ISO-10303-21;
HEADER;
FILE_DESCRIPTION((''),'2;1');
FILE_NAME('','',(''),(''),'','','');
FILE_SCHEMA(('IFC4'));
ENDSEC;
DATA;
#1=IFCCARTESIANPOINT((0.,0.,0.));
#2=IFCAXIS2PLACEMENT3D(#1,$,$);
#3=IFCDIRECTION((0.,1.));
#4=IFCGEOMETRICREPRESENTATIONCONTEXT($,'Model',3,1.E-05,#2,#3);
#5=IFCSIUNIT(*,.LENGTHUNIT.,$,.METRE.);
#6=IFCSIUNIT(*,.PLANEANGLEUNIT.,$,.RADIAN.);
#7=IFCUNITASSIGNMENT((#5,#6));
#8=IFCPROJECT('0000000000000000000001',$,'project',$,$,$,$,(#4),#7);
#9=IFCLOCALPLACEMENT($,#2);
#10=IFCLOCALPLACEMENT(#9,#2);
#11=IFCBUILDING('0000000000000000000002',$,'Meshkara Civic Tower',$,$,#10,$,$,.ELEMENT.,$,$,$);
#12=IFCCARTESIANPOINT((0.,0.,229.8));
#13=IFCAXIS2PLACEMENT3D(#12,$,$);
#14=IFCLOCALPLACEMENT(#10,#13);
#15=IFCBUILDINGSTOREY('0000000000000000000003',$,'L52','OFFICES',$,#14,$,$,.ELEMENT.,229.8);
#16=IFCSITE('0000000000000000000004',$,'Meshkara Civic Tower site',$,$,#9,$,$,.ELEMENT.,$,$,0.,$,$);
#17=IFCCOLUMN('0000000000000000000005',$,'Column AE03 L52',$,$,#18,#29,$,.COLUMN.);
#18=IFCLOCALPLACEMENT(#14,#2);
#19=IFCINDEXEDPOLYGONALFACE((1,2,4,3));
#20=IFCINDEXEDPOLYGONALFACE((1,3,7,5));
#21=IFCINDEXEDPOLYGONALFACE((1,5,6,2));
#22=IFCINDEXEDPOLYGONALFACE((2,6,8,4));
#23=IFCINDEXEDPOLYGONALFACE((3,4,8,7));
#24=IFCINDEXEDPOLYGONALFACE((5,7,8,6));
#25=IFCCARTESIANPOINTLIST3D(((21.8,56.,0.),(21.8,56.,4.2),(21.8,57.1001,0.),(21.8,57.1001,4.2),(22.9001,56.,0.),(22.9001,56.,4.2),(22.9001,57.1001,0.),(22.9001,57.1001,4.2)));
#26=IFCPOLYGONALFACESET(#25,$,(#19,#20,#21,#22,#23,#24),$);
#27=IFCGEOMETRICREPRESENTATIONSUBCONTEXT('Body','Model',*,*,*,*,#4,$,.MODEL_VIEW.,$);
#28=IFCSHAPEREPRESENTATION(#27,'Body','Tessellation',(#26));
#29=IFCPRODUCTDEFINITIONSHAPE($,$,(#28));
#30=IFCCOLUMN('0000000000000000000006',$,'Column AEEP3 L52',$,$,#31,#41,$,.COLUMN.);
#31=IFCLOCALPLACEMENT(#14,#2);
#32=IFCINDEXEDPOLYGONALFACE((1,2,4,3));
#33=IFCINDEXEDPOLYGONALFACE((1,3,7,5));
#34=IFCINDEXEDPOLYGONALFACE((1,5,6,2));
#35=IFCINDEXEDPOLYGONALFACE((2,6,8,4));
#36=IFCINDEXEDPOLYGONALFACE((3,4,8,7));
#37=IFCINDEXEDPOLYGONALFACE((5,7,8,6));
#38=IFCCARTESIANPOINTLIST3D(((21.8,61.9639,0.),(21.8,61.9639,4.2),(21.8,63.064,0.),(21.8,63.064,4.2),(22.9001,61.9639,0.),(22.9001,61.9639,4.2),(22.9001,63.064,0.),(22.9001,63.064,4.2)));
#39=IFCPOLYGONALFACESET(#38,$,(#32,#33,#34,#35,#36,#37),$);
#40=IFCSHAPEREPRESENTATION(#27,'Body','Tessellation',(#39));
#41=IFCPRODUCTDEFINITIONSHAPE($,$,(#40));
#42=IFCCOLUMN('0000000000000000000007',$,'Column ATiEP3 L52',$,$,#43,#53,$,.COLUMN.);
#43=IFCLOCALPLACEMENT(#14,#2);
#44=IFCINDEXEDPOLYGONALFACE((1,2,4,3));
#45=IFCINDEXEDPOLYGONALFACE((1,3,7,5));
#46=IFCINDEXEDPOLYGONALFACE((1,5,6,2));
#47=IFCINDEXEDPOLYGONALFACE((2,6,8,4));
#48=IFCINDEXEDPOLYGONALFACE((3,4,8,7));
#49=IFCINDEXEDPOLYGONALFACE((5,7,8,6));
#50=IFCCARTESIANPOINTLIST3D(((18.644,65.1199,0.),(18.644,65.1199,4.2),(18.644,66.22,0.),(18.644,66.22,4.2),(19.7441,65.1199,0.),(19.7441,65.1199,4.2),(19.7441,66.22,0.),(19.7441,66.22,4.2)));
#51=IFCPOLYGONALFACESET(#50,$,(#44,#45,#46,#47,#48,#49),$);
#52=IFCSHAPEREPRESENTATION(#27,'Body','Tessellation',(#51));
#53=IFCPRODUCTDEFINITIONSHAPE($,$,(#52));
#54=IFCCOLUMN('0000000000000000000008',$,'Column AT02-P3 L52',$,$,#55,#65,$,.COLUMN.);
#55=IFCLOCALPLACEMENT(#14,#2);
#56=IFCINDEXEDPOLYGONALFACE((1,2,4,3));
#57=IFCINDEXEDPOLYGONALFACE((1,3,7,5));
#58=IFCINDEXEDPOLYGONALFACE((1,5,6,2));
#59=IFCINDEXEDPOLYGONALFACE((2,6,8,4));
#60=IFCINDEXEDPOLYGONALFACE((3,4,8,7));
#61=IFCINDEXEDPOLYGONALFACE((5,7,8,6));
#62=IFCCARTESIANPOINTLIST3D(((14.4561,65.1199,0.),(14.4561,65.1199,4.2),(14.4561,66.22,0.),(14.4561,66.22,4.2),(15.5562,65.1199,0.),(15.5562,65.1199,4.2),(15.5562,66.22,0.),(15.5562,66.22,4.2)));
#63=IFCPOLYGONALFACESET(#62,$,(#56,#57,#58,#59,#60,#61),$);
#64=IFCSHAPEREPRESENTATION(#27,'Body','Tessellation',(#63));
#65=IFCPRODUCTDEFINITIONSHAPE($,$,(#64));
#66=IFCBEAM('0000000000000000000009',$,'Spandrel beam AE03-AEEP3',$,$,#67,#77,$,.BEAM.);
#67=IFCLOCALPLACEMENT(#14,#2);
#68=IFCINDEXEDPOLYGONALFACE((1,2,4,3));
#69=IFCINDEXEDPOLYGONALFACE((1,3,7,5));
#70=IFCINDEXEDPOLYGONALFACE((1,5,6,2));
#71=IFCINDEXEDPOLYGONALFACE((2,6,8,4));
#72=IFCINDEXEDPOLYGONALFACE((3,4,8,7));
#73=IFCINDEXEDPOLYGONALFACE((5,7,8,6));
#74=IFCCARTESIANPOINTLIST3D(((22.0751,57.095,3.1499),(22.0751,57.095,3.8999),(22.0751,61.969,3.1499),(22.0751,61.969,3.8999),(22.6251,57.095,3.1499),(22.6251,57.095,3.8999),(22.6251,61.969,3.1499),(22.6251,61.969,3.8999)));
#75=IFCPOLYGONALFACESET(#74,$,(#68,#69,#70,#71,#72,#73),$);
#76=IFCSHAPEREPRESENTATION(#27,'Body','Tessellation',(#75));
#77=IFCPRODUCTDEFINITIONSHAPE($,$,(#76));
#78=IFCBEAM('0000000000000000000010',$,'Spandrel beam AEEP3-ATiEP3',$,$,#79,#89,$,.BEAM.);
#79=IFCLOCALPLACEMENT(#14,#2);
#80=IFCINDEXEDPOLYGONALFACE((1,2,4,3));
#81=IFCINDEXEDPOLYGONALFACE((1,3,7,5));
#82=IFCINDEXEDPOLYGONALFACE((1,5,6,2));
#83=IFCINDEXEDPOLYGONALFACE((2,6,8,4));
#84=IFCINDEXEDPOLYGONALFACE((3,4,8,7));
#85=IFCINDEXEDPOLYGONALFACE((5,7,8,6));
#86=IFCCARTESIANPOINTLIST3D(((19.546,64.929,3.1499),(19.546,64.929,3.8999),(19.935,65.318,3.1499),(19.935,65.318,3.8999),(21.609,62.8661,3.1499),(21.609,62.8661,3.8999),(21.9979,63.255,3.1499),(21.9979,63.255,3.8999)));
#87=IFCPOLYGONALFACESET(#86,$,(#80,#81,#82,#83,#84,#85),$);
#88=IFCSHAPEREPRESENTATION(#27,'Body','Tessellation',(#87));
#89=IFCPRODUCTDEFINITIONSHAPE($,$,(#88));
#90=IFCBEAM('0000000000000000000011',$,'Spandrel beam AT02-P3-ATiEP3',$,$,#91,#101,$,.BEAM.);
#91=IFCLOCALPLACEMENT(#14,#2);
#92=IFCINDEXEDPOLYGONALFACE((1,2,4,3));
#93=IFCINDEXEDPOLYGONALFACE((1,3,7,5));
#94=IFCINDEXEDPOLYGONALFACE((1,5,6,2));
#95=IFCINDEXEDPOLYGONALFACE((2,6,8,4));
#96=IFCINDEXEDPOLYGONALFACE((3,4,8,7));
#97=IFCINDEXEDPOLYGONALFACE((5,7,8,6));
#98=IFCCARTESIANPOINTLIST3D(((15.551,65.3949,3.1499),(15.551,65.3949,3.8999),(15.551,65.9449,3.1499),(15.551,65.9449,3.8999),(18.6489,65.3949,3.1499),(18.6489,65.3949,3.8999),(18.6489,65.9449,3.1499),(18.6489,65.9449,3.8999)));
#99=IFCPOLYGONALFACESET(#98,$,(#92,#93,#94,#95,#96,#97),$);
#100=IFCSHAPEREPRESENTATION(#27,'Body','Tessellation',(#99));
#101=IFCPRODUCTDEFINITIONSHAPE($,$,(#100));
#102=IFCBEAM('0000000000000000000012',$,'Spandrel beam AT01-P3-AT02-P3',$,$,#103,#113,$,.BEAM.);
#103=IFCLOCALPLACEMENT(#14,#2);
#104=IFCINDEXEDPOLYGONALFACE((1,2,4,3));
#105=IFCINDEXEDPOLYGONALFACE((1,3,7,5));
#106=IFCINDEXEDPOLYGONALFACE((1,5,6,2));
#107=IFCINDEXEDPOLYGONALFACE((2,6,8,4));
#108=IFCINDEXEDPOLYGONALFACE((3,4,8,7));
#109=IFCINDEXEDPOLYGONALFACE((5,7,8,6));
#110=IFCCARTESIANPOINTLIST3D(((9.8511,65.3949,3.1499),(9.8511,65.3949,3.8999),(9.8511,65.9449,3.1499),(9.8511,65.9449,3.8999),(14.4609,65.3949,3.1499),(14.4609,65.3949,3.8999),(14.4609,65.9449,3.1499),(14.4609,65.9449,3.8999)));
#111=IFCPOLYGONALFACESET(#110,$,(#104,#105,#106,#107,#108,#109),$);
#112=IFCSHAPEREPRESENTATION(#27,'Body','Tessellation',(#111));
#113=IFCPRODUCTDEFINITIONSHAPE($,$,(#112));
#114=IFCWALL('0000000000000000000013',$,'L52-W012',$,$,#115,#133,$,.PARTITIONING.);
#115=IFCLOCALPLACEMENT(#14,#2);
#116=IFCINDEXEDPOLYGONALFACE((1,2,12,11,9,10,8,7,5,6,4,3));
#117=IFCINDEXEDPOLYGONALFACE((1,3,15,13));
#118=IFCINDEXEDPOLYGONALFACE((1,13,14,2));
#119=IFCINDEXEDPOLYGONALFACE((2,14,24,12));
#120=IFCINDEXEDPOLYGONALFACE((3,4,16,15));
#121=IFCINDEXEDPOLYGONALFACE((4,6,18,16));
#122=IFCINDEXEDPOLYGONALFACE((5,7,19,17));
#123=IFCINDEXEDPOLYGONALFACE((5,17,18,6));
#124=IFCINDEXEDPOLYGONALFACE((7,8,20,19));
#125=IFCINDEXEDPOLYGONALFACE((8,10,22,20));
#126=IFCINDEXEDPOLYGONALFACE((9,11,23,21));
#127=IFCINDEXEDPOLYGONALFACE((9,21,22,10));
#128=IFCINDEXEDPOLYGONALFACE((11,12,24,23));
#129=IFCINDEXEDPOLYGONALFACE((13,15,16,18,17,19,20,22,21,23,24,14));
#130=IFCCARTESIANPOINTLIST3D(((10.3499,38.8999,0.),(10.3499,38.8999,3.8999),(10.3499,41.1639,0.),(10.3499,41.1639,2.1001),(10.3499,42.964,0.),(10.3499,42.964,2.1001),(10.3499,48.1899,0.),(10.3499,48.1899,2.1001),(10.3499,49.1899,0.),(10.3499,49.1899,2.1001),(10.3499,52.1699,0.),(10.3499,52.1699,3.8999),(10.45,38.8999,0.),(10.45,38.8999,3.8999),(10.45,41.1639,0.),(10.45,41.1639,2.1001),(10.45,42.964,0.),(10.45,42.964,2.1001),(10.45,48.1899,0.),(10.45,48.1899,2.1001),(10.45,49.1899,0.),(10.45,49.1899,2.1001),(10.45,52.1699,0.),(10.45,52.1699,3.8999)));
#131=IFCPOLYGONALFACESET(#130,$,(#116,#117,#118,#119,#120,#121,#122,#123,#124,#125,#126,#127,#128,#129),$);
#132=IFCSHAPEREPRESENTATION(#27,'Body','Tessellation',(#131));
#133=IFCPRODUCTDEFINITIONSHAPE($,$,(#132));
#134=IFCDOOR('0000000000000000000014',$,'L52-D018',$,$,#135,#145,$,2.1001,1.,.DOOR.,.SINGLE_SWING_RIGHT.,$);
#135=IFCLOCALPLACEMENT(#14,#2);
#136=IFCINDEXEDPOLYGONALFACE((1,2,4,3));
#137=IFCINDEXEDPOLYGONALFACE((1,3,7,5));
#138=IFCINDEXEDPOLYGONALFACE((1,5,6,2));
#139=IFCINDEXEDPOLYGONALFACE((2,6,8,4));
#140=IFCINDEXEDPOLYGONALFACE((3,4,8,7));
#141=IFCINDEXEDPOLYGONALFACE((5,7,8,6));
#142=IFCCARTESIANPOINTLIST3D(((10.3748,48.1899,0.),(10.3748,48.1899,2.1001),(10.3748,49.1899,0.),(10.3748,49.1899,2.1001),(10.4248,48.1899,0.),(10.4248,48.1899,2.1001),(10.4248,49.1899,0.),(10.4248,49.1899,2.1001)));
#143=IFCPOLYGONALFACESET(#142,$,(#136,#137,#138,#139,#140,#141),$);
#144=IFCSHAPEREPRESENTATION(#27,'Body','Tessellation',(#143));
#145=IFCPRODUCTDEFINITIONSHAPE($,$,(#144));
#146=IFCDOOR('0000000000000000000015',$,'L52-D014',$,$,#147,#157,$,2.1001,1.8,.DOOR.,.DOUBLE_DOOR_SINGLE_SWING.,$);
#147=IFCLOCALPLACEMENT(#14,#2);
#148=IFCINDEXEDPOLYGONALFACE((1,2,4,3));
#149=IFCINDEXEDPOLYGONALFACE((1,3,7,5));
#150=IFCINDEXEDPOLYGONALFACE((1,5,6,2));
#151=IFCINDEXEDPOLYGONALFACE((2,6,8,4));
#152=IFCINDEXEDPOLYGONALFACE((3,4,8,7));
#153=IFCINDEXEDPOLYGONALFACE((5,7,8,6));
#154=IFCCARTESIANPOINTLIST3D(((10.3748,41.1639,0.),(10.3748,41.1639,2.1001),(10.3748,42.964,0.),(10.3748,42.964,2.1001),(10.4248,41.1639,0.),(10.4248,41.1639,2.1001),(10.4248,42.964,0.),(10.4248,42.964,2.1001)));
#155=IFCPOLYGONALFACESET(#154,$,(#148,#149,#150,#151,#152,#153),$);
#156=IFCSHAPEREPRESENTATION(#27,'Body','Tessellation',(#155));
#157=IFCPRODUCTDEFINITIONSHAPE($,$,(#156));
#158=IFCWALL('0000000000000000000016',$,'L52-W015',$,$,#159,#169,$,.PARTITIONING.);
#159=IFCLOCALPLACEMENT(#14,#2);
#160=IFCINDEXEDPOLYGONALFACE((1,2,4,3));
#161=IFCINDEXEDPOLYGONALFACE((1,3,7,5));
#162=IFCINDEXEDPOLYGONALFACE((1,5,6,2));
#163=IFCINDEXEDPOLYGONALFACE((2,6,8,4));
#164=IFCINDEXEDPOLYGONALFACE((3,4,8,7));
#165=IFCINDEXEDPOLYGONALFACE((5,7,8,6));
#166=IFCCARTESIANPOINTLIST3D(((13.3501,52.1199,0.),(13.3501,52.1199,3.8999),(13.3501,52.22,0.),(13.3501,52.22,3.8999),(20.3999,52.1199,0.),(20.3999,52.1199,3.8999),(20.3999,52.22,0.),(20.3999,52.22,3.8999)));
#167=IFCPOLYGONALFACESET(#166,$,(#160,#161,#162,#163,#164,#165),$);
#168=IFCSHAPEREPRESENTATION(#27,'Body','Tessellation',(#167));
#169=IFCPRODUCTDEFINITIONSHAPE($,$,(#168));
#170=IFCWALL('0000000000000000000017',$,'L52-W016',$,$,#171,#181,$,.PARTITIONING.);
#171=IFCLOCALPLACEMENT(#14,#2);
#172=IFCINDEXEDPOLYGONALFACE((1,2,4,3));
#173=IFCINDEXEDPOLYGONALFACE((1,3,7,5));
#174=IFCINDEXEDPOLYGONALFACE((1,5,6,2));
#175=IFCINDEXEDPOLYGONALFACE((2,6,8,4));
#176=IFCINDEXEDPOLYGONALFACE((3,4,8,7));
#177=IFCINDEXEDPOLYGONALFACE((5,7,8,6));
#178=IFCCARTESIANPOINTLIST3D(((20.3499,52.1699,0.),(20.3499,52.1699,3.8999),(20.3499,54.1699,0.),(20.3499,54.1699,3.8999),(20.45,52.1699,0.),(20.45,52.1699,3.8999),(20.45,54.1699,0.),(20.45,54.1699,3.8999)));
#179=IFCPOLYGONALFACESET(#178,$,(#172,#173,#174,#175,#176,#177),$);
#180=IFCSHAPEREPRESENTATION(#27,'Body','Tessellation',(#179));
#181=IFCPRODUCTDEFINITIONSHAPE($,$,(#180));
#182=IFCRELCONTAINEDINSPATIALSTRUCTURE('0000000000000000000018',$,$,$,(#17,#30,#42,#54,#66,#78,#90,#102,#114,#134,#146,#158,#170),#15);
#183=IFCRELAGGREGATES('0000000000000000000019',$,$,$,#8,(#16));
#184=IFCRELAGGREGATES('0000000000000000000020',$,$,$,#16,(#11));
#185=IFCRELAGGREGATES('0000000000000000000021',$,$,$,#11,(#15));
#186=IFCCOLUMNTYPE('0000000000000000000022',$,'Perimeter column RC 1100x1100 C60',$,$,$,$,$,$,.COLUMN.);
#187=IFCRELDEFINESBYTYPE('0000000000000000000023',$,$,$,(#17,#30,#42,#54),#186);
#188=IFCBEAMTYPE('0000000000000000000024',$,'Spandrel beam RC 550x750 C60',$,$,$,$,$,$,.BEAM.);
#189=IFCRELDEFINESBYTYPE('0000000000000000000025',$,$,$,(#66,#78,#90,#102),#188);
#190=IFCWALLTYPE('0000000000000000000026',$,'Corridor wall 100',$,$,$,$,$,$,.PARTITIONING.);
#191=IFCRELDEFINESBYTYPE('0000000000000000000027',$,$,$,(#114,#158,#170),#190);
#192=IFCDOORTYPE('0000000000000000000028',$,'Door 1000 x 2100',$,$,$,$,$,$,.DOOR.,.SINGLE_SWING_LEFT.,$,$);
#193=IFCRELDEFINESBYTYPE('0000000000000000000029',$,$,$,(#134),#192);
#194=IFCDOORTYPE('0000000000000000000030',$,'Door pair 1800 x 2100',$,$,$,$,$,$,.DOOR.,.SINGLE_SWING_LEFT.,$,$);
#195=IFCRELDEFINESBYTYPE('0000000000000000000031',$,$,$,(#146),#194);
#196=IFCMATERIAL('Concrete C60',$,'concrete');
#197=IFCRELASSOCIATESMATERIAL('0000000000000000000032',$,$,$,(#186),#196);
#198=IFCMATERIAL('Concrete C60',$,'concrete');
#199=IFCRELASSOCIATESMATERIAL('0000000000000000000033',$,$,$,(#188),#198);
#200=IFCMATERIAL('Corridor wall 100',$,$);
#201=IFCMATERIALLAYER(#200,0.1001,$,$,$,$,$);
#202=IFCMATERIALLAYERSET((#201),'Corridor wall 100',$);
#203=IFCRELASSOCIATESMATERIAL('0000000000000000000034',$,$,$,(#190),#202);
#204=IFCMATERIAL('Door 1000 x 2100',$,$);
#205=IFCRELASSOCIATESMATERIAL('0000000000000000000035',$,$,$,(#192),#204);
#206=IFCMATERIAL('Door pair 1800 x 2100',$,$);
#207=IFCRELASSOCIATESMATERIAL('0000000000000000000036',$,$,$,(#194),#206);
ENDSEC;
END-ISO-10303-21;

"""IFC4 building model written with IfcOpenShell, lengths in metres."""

from ifc_helpers import new_model, si_unit, direction, frame, frame_2d, origin, origin_2d, place, context, subcontext, project, spatial, rectangle, extrude, material, layer, layer_set, material_profile, profile_set, type_object, element, fill, save


model = new_model("IFC4")

# Units and contexts
model_context = context("Model", 3, precision=1e-05, world=origin(), true_north=direction((0.0, 1.0)))
body_context = subcontext(model_context, "Body", "Model", "MODEL_VIEW")
ifc_project = project(units=[si_unit("LENGTHUNIT", "METRE"), si_unit("PLANEANGLEUNIT", "RADIAN")], contexts=[model_context])

# Site, building, storey
site_placement = place(None, origin())
site = spatial("IfcSite", under=ifc_project, at=site_placement, Name="Meshkara Civic Tower site", CompositionType="ELEMENT", RefElevation=0.0)
building_placement = place(site_placement, origin())
building = spatial("IfcBuilding", under=site, at=building_placement, Name="Meshkara Civic Tower", CompositionType="ELEMENT")
storey_placement = place(building_placement, frame((0.0, 0.0, 229.8)))
storey = spatial("IfcBuildingStorey", under=building, at=storey_placement, Name="L52", Description="OFFICES", CompositionType="ELEMENT", Elevation=229.8)

# Columns
ifc_material_1 = material(Name="Concrete C60", Category="concrete")
ifc_material_profile_1 = material_profile(ifc_material_1, rectangle(XDim=1.1001, YDim=1.1001, at=origin_2d()))
ifc_profile_set_1 = profile_set([ifc_material_profile_1], Name="Concrete C60")
column_type = type_object("IfcColumnType", Name="Perimeter column RC 1100x1100 C60", PredefinedType="COLUMN", material=ifc_profile_set_1)
for number, where, z_axis, x_axis, name in (
    (1, (22.3501, 56.55, 0.0), (0.0, 0.0, 1.0), (1.0, 0.0, 0.0), "Column AE03 L52"),
    (2, (22.3501, 62.5139, 0.0), (0.0, 0.0, 1.0), (1.0, 0.0, 0.0), "Column AEEP3 L52"),
    (3, (19.1941, 65.6699, 0.0), (0.0, 0.0, 1.0), (1.0, 0.0, 0.0), "Column ATiEP3 L52"),
    (4, (15.0061, 65.6699, 0.0), (0.0, 0.0, 1.0), (1.0, 0.0, 0.0), "Column AT02-P3 L52"),
):
    element("IfcColumn", number, at=place(storey_placement, frame(where, z_axis=z_axis, x_axis=x_axis)), inside=storey, type_object=column_type, Name=name, PredefinedType="COLUMN", context=body_context, shape_type="SweptSolid", body=[
        extrude(rectangle(XDim=1.1001, YDim=1.1001, at=origin_2d()), origin(), (0.0, 0.0, 1.0), 4.2),
    ])

# Beams
ifc_material_2 = material(Name="Concrete C60", Category="concrete")
ifc_material_profile_2 = material_profile(ifc_material_2, rectangle(XDim=0.55, YDim=0.75, at=origin_2d()))
ifc_profile_set_2 = profile_set([ifc_material_profile_2], Name="Concrete C60")
beam_type = type_object("IfcBeamType", Name="Spandrel beam RC 550x750 C60", PredefinedType="BEAM", material=ifc_profile_set_2)
beam_1_placement = place(storey_placement, frame((22.3501, 57.095, 3.5249), z_axis=(0.0, 1.0, 0.0), x_axis=(-1.0, 0.0, 0.0)))
element("IfcBeam", 5, at=beam_1_placement, inside=storey, type_object=beam_type, Name="Spandrel beam AE03-AEEP3", PredefinedType="BEAM", context=body_context, shape_type="SweptSolid", body=[
    extrude(rectangle(XDim=0.55, YDim=0.75, at=origin_2d()), origin(), (0.0, 0.0, 1.0), 4.874),
])
beam_2_placement = place(storey_placement, frame((21.8035, 63.0605, 3.5249), z_axis=(-0.707107, 0.707107, 0.0), x_axis=(-0.707107, -0.707107, 0.0)))
element("IfcBeam", 6, at=beam_2_placement, inside=storey, type_object=beam_type, Name="Spandrel beam AEEP3-ATiEP3", PredefinedType="BEAM", context=body_context, shape_type="SweptSolid", body=[
    extrude(rectangle(XDim=0.55, YDim=0.75, at=origin_2d()), origin(), (0.0, 0.0, 1.0), 2.9175),
])
beam_3_placement = place(storey_placement, frame((18.6489, 65.6699, 3.5249), z_axis=(-1.0, 0.0, 0.0), x_axis=(0.0, -1.0, 0.0)))
element("IfcBeam", 7, at=beam_3_placement, inside=storey, type_object=beam_type, Name="Spandrel beam AT02-P3-ATiEP3", PredefinedType="BEAM", context=body_context, shape_type="SweptSolid", body=[
    extrude(rectangle(XDim=0.55, YDim=0.75, at=origin_2d()), origin(), (0.0, 0.0, 1.0), 3.0979),
])
beam_4_placement = place(storey_placement, frame((14.4609, 65.6699, 3.5249), z_axis=(-1.0, 0.0, 0.0), x_axis=(0.0, -1.0, 0.0)))
element("IfcBeam", 8, at=beam_4_placement, inside=storey, type_object=beam_type, Name="Spandrel beam AT01-P3-AT02-P3", PredefinedType="BEAM", context=body_context, shape_type="SweptSolid", body=[
    extrude(rectangle(XDim=0.55, YDim=0.75, at=origin_2d()), origin(), (0.0, 0.0, 1.0), 4.6099),
])

# Wall, openings, doors
ifc_material_3 = material(Name="Corridor wall 100")
ifc_layer_1 = layer(ifc_material_3, 0.1001)
ifc_layer_set_1 = layer_set([ifc_layer_1], Name="Corridor wall 100")
wall_type_1 = type_object("IfcWallType", Name="Corridor wall 100", PredefinedType="PARTITIONING", material=ifc_layer_set_1)
wall_1_placement = place(storey_placement, frame((10.3999, 52.1699, 0.0), z_axis=(0.0, 0.0, 1.0), x_axis=(0.0, -1.0, 0.0)))
wall_1 = element("IfcWall", 9, at=wall_1_placement, inside=storey, type_object=wall_type_1, Name="L52-W012", PredefinedType="PARTITIONING", context=body_context, shape_type="SweptSolid", body=[
    extrude(rectangle(XDim=13.27, YDim=0.1001, at=frame_2d((6.635, 0.0))), origin(), (0.0, 0.0, 1.0), 3.8999),
])
opening_1_placement = place(wall_1_placement, frame((9.2061, 0.0, 0.0)))
opening_1 = element("IfcOpeningElement", 10, at=opening_1_placement, cuts=wall_1, PredefinedType="OPENING", context=body_context, shape_type="SweptSolid", body=[
    extrude(rectangle(XDim=1.8, YDim=2.1001, at=frame_2d((0.8999, 1.05))), frame((0.0, 0.0601, 0.0), z_axis=(0.0, -1.0, 0.0), x_axis=(1.0, 0.0, 0.0)), (0.0, 0.0, 1.0), 0.1201),
])
opening_2_placement = place(wall_1_placement, frame((2.98, 0.0, 0.0)))
opening_2 = element("IfcOpeningElement", 11, at=opening_2_placement, cuts=wall_1, PredefinedType="OPENING", context=body_context, shape_type="SweptSolid", body=[
    extrude(rectangle(XDim=1.0, YDim=2.1001, at=frame_2d((0.5, 1.05))), frame((0.0, 0.0601, 0.0), z_axis=(0.0, -1.0, 0.0), x_axis=(1.0, 0.0, 0.0)), (0.0, 0.0, 1.0), 0.1201),
])
ifc_material_4 = material(Name="Door 1000 x 2100")
door_type_1 = type_object("IfcDoorType", Name="Door 1000 x 2100", OperationType="SINGLE_SWING_LEFT", PredefinedType="DOOR", material=ifc_material_4)
door_1_placement = place(opening_2_placement, origin())
door_1 = element("IfcDoor", 12, at=door_1_placement, inside=storey, type_object=door_type_1, Name="L52-D018", OperationType="SINGLE_SWING_RIGHT", OverallHeight=2.1001, OverallWidth=1.0, PredefinedType="DOOR", context=body_context, shape_type="SweptSolid", body=[
    extrude(rectangle(XDim=1.0, YDim=2.1001, at=frame_2d((0.5, 1.05))), frame((0.0, 0.0249, 0.0), z_axis=(0.0, -1.0, 0.0), x_axis=(1.0, 0.0, 0.0)), (0.0, 0.0, 1.0), 0.05),
])
fill(opening_2, door_1)
ifc_material_5 = material(Name="Door pair 1800 x 2100")
door_type_2 = type_object("IfcDoorType", Name="Door pair 1800 x 2100", OperationType="SINGLE_SWING_LEFT", PredefinedType="DOOR", material=ifc_material_5)
door_2_placement = place(opening_1_placement, origin())
door_2 = element("IfcDoor", 13, at=door_2_placement, inside=storey, type_object=door_type_2, Name="L52-D014", OperationType="DOUBLE_DOOR_SINGLE_SWING", OverallHeight=2.1001, OverallWidth=1.8, PredefinedType="DOOR", context=body_context, shape_type="SweptSolid", body=[
    extrude(rectangle(XDim=1.8, YDim=2.1001, at=frame_2d((0.8999, 1.05))), frame((0.0, 0.0249, 0.0), z_axis=(0.0, -1.0, 0.0), x_axis=(1.0, 0.0, 0.0)), (0.0, 0.0, 1.0), 0.05),
])
fill(opening_1, door_2)

# Walls
wall_2_placement = place(storey_placement, frame((13.3501, 52.1699, 0.0), z_axis=(0.0, 0.0, 1.0), x_axis=(1.0, 0.0, 0.0)))
element("IfcWall", 14, at=wall_2_placement, inside=storey, type_object=wall_type_1, Name="L52-W015", PredefinedType="PARTITIONING", context=body_context, shape_type="SweptSolid", body=[
    extrude(rectangle(XDim=7.0498, YDim=0.1001, at=frame_2d((3.5249, 0.0))), origin(), (0.0, 0.0, 1.0), 3.8999),
])
wall_3_placement = place(storey_placement, frame((20.3999, 52.1699, 0.0), z_axis=(0.0, 0.0, 1.0), x_axis=(0.0, 1.0, 0.0)))
element("IfcWall", 15, at=wall_3_placement, inside=storey, type_object=wall_type_1, Name="L52-W016", PredefinedType="PARTITIONING", context=body_context, shape_type="SweptSolid", body=[
    extrude(rectangle(XDim=2.0, YDim=0.1001, at=frame_2d((1.0, 0.0))), origin(), (0.0, 0.0, 1.0), 3.8999),
])

save(model, "model.ifc")
